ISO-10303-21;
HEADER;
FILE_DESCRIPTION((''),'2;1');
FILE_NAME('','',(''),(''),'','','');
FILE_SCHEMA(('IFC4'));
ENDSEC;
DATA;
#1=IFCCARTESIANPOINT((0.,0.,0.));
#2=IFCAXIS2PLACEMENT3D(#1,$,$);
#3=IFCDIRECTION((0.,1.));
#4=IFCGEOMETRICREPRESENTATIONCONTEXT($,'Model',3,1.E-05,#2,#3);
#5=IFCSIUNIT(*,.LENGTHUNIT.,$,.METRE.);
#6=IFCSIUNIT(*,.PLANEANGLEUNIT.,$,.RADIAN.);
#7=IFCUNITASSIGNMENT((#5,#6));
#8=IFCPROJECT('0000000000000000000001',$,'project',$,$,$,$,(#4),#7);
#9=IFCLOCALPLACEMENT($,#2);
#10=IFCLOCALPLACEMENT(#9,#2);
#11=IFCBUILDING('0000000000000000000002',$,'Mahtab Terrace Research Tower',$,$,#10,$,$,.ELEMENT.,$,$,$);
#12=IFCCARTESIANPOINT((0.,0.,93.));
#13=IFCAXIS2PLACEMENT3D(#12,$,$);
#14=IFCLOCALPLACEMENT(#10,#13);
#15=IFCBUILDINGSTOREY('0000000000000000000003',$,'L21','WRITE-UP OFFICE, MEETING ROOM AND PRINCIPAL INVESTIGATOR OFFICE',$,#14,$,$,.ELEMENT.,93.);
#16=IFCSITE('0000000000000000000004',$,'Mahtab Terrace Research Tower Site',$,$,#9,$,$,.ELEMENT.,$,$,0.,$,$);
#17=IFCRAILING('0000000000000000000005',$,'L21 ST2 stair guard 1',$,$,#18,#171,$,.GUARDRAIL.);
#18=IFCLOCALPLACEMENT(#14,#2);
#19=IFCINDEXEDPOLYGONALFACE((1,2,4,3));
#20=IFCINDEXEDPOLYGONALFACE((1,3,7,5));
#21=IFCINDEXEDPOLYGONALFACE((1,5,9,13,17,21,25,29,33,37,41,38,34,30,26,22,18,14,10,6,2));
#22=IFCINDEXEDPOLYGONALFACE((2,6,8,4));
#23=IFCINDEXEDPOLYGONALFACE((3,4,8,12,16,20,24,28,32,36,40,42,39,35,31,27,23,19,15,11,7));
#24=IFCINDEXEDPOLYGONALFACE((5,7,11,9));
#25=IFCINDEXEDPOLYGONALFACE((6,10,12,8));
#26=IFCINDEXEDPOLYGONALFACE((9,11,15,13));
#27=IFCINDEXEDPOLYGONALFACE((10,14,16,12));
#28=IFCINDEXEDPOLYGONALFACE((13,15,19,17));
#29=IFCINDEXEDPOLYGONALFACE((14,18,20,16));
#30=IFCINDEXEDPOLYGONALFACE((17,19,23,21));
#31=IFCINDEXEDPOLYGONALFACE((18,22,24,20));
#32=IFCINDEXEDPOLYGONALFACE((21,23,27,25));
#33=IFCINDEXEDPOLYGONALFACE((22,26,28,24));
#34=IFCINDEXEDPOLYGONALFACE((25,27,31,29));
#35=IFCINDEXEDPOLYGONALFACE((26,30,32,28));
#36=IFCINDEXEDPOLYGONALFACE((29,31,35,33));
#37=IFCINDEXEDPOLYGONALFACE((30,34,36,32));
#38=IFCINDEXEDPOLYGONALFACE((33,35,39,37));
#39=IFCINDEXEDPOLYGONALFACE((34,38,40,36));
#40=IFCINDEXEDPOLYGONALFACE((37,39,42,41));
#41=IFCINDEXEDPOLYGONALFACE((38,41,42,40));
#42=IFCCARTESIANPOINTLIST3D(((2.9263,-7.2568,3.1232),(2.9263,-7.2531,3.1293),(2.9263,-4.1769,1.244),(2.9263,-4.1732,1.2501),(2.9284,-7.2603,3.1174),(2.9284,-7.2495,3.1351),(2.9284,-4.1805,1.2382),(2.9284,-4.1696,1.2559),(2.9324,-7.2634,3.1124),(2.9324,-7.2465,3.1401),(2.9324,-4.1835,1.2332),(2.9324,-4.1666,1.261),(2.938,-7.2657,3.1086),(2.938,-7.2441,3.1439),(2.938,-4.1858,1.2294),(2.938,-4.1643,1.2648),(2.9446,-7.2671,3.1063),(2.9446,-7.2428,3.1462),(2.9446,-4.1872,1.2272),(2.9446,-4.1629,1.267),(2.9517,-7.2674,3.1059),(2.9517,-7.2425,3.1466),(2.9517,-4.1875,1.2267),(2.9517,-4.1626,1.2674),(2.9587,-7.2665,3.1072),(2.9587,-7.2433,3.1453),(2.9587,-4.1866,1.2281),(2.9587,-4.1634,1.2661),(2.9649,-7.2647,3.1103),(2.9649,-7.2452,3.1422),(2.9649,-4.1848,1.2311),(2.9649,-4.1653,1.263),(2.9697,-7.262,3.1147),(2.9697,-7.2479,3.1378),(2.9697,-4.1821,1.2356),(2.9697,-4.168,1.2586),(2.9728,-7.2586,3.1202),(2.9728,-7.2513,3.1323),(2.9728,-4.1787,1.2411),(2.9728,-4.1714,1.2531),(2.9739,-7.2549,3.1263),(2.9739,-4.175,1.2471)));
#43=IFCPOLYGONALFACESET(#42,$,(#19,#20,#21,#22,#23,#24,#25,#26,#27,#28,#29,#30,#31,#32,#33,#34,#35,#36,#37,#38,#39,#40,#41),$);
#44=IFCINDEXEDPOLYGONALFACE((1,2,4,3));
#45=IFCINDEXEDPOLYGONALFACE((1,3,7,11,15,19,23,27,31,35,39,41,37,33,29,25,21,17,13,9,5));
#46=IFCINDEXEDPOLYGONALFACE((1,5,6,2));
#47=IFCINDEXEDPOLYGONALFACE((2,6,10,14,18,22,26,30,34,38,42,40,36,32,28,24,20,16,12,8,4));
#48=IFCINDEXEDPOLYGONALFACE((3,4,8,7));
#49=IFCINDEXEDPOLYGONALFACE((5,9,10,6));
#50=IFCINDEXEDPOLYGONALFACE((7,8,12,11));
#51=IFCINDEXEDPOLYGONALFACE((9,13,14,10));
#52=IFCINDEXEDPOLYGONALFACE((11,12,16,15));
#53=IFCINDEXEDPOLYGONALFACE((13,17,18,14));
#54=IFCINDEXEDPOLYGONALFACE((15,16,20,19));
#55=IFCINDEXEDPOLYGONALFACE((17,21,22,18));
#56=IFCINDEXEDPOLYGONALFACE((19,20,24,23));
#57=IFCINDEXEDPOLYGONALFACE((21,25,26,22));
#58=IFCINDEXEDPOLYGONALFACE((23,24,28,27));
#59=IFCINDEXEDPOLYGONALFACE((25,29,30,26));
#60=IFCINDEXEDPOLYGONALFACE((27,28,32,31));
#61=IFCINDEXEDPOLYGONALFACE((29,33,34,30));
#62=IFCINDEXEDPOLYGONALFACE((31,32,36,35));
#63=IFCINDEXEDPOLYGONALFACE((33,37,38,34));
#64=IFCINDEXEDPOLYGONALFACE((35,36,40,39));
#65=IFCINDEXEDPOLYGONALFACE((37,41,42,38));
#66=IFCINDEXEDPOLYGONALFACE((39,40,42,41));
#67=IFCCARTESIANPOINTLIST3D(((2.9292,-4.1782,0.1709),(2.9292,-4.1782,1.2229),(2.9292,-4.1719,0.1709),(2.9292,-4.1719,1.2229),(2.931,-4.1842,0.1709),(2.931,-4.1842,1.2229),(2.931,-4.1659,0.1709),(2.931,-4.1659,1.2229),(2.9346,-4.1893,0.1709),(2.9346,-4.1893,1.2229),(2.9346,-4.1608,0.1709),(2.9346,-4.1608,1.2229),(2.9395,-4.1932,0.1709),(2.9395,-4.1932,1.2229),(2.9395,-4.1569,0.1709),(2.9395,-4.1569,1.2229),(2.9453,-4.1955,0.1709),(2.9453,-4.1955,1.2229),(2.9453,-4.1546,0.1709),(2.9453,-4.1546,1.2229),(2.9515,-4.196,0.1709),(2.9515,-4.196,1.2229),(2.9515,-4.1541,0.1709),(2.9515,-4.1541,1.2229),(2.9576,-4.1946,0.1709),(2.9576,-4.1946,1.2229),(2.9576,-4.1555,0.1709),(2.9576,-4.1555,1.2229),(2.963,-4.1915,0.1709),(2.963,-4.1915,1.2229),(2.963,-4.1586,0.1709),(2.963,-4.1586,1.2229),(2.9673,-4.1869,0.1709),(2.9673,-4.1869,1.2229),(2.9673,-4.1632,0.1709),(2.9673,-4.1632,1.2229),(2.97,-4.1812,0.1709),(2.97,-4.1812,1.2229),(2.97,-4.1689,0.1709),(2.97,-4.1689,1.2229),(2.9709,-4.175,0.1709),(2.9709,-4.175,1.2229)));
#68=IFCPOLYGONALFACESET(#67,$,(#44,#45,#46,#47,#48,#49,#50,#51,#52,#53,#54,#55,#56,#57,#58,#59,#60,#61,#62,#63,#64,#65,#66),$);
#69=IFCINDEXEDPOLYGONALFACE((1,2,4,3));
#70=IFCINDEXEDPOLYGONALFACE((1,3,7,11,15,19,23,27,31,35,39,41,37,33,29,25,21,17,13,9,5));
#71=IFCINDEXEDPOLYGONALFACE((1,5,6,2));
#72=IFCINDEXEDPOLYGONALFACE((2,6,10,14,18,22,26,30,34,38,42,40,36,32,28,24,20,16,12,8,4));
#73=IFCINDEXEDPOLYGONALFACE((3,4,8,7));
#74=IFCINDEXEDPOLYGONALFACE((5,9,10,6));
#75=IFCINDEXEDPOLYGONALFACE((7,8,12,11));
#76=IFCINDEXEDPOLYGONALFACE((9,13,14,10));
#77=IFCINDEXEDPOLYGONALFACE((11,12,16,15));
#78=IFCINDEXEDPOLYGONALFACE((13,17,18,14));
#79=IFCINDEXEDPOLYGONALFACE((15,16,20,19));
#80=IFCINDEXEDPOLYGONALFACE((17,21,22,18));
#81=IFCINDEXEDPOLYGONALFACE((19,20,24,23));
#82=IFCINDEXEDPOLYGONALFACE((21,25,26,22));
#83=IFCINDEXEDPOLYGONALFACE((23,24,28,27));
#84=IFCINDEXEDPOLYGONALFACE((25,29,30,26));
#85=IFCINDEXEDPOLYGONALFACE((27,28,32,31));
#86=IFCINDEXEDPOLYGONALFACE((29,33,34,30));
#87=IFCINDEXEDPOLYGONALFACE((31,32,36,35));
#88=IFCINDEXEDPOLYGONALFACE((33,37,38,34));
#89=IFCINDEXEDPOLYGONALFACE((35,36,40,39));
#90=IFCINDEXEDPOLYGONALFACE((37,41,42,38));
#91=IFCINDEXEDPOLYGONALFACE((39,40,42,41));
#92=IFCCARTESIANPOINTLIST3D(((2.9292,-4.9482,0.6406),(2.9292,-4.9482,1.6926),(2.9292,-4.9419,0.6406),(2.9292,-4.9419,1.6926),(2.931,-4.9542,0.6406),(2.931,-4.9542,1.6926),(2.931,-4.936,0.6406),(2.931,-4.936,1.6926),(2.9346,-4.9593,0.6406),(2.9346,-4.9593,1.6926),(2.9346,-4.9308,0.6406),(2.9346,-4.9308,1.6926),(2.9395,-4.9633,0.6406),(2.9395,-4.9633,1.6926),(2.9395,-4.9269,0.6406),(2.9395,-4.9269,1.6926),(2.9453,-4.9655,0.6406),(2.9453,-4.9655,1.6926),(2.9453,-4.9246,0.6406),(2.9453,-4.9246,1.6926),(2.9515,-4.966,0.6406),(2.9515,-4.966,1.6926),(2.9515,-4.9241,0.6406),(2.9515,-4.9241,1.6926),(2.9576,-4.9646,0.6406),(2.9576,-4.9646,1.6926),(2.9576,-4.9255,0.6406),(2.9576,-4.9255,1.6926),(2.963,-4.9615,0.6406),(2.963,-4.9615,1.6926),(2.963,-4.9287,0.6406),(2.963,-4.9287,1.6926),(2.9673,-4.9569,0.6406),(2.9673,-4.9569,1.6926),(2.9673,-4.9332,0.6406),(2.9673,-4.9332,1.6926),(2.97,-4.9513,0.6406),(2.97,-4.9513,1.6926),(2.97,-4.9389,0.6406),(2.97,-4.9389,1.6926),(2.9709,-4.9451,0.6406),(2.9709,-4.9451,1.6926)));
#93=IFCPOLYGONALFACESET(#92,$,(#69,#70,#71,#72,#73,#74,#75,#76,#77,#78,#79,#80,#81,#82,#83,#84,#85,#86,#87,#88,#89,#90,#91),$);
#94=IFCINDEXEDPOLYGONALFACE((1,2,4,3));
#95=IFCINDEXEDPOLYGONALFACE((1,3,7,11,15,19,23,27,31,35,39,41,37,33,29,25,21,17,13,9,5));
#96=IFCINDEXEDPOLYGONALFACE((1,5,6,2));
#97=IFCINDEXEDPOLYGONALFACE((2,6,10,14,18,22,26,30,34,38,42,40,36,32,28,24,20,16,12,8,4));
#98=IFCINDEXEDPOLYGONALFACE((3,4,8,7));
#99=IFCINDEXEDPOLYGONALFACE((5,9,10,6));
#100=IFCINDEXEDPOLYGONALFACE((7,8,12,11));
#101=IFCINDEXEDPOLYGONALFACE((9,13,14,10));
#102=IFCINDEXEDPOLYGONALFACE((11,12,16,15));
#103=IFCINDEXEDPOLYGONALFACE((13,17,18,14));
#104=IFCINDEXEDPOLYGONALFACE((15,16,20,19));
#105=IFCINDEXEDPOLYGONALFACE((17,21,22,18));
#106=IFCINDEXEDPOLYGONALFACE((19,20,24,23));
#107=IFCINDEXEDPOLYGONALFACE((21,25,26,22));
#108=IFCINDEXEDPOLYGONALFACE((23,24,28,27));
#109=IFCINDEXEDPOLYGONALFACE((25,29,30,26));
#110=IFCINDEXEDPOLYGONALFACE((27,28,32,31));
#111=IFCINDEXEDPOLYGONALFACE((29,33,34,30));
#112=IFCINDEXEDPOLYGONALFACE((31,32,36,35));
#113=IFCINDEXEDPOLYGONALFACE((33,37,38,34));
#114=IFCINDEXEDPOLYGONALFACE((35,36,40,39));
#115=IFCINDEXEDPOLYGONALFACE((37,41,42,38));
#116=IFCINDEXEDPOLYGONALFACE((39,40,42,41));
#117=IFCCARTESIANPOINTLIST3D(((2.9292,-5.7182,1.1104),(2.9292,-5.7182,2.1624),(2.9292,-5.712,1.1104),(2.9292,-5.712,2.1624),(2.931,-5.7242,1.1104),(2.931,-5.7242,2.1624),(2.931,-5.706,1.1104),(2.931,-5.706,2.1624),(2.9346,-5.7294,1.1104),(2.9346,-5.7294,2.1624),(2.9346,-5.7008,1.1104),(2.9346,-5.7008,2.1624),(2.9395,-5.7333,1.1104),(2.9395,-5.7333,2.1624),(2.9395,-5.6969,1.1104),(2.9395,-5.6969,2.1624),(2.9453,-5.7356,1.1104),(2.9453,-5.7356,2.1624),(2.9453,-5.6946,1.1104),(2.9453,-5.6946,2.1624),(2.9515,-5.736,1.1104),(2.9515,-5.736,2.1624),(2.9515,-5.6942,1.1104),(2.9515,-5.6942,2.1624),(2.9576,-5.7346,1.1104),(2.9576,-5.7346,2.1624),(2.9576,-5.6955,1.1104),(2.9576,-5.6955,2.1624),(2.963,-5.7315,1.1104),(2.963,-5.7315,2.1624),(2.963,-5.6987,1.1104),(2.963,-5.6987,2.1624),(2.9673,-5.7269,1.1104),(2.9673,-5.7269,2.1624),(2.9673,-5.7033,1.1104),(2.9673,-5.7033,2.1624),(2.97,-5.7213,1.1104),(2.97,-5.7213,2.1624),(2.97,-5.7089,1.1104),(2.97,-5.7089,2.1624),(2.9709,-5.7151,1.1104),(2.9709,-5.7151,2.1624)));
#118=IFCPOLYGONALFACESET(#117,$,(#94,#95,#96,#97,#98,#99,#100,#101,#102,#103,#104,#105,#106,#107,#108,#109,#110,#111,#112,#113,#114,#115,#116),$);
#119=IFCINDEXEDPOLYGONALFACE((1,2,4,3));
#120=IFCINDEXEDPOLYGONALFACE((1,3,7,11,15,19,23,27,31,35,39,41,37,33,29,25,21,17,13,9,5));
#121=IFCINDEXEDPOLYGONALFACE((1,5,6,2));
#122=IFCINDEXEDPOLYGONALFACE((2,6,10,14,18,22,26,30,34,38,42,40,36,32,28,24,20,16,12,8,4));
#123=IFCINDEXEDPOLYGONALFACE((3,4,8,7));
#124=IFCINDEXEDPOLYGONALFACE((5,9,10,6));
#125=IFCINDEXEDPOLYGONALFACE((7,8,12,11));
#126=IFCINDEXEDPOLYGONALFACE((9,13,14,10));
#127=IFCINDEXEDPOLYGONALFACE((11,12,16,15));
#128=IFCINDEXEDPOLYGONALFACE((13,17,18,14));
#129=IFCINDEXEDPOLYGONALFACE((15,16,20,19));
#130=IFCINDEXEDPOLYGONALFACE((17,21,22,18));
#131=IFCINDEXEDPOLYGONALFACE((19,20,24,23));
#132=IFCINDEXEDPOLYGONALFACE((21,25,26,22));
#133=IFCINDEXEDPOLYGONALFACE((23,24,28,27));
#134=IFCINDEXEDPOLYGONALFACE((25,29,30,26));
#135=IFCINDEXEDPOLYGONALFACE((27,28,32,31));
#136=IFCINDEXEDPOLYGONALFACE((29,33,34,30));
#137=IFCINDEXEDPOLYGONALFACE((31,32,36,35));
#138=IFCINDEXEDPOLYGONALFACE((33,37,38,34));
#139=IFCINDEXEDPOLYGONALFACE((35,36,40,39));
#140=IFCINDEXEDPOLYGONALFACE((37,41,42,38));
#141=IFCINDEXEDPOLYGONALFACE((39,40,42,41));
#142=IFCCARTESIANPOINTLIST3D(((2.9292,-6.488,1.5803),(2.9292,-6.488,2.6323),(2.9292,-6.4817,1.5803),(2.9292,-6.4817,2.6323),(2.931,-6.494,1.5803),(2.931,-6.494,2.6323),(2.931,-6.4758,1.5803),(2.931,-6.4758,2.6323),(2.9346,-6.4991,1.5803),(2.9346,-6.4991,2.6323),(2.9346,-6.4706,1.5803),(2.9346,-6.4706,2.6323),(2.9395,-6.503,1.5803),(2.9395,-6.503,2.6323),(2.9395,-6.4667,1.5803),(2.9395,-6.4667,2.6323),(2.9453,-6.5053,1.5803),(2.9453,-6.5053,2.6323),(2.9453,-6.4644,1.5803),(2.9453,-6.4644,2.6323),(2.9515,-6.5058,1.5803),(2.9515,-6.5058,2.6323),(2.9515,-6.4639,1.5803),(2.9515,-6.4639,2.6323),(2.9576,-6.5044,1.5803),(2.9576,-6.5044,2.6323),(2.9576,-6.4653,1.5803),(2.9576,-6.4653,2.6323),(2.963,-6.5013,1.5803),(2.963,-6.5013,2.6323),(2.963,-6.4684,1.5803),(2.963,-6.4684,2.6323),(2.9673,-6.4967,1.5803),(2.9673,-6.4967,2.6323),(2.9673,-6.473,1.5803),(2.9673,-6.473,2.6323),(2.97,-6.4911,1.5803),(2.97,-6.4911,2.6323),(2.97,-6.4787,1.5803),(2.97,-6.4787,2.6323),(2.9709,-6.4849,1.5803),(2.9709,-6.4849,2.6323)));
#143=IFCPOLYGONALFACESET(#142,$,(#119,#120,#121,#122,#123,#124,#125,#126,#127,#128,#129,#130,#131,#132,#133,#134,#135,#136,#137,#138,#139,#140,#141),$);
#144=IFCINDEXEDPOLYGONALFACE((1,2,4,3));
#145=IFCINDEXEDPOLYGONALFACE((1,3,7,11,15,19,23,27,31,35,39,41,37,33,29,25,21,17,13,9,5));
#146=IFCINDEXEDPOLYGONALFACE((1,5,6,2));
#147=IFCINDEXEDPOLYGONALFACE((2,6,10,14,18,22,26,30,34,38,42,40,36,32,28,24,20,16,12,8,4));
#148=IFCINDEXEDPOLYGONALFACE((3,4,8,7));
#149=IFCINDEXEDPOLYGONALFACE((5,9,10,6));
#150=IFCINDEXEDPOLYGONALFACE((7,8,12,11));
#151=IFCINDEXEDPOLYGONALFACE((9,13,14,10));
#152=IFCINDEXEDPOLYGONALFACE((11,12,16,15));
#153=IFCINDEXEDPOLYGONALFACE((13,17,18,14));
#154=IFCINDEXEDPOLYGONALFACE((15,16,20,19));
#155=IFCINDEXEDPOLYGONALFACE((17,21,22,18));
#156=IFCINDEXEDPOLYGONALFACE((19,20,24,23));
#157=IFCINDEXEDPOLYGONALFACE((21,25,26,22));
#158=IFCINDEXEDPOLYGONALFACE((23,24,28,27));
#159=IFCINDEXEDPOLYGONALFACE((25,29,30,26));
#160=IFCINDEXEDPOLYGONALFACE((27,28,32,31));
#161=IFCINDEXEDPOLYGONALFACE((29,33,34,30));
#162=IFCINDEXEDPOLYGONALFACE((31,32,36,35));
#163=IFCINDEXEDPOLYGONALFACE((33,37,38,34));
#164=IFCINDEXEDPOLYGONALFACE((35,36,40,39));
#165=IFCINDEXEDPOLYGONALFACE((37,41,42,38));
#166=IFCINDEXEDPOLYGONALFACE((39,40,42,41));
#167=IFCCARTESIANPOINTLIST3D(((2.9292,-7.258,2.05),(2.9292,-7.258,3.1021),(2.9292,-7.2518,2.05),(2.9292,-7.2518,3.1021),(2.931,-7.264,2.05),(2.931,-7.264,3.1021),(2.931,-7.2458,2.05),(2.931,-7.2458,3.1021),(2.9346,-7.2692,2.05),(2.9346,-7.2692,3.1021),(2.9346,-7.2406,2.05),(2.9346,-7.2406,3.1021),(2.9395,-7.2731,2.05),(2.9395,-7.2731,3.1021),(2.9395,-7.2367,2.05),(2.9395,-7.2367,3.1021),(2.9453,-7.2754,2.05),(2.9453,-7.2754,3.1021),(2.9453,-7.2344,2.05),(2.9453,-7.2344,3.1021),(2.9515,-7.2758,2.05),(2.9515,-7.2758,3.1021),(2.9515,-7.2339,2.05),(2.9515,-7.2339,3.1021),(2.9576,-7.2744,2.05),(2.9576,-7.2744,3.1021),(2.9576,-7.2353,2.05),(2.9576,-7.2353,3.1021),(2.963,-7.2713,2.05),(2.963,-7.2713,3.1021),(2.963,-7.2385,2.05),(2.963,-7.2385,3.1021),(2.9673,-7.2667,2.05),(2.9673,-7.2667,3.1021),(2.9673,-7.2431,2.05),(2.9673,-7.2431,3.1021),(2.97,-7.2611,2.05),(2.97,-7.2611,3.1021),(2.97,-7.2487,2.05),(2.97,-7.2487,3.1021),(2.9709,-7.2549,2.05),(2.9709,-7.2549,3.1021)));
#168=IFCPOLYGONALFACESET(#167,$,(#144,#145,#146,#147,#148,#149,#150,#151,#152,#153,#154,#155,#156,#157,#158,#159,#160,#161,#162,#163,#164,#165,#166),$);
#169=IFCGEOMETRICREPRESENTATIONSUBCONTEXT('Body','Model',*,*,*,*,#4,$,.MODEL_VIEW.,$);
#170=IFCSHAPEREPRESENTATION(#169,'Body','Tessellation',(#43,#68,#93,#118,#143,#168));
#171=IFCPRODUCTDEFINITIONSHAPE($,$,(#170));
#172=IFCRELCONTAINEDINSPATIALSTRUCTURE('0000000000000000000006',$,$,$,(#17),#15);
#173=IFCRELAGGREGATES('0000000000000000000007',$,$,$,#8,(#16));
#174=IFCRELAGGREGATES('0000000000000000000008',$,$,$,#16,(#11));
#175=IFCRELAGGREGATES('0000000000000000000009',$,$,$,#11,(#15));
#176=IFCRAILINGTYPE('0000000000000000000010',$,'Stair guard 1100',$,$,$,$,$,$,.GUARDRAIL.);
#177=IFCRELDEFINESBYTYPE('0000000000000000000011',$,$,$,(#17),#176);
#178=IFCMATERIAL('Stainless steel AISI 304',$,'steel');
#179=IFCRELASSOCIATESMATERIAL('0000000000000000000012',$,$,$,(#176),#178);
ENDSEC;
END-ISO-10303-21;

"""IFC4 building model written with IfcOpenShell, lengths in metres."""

from ifc_helpers import new_model, si_unit, direction, frame, origin, origin_2d, place, context, subcontext, project, spatial, circle, extrude, material, type_object, element, save


model = new_model("IFC4")

# Units and contexts
model_context = context("Model", 3, precision=1e-05, world=origin(), true_north=direction((0.0, 1.0)))
body_context = subcontext(model_context, "Body", "Model", "MODEL_VIEW")
ifc_project = project(units=[si_unit("LENGTHUNIT", "METRE"), si_unit("PLANEANGLEUNIT", "RADIAN")], contexts=[model_context])

# Site, building, storey
site_placement = place(None, origin())
site = spatial("IfcSite", under=ifc_project, at=site_placement, Name="Mahtab Terrace Research Tower Site", CompositionType="ELEMENT", RefElevation=0.0)
building_placement = place(site_placement, origin())
building = spatial("IfcBuilding", under=site, at=building_placement, Name="Mahtab Terrace Research Tower", CompositionType="ELEMENT")
storey_placement = place(building_placement, frame((0.0, 0.0, 93.0)))
storey = spatial("IfcBuildingStorey", under=building, at=storey_placement, Name="L21", Description="WRITE-UP OFFICE, MEETING ROOM AND PRINCIPAL INVESTIGATOR OFFICE", CompositionType="ELEMENT", Elevation=93.0)

# Railing
ifc_material_1 = material(Name="Stainless steel AISI 304", Category="steel")
railing_type_1 = type_object("IfcRailingType", Name="Stair guard 1100", PredefinedType="GUARDRAIL", material=ifc_material_1)
railing_1_placement = place(storey_placement, frame((2.95, -4.175, 0.1709)))
element("IfcRailing", 1, at=railing_1_placement, inside=storey, type_object=railing_type_1, Name="L21 ST2 stair guard 1", PredefinedType="GUARDRAIL", context=body_context, shape_type="SweptSolid", body=[
    extrude(circle(Radius=0.0239, at=origin_2d()), frame((0.0, 0.0, 1.0762), z_axis=(0.0, -0.853648, 0.52085), x_axis=(1.0, 0.0, 0.0)), (0.0, 0.0, 1.0), 3.6079),
    extrude(circle(Radius=0.021, at=origin_2d()), origin(), (0.0, 0.0, 1.0), 1.052),
    extrude(circle(Radius=0.021, at=origin_2d()), frame((0.0, -0.77, 0.4697)), (0.0, 0.0, 1.0), 1.052),
    extrude(circle(Radius=0.021, at=origin_2d()), frame((0.0, -1.54, 0.9395)), (0.0, 0.0, 1.0), 1.052),
    extrude(circle(Radius=0.021, at=origin_2d()), frame((0.0, -2.3098, 1.4094)), (0.0, 0.0, 1.0), 1.052),
    extrude(circle(Radius=0.021, at=origin_2d()), frame((0.0, -3.0798, 1.8792)), (0.0, 0.0, 1.0), 1.052),
])

save(model, "model.ifc")
